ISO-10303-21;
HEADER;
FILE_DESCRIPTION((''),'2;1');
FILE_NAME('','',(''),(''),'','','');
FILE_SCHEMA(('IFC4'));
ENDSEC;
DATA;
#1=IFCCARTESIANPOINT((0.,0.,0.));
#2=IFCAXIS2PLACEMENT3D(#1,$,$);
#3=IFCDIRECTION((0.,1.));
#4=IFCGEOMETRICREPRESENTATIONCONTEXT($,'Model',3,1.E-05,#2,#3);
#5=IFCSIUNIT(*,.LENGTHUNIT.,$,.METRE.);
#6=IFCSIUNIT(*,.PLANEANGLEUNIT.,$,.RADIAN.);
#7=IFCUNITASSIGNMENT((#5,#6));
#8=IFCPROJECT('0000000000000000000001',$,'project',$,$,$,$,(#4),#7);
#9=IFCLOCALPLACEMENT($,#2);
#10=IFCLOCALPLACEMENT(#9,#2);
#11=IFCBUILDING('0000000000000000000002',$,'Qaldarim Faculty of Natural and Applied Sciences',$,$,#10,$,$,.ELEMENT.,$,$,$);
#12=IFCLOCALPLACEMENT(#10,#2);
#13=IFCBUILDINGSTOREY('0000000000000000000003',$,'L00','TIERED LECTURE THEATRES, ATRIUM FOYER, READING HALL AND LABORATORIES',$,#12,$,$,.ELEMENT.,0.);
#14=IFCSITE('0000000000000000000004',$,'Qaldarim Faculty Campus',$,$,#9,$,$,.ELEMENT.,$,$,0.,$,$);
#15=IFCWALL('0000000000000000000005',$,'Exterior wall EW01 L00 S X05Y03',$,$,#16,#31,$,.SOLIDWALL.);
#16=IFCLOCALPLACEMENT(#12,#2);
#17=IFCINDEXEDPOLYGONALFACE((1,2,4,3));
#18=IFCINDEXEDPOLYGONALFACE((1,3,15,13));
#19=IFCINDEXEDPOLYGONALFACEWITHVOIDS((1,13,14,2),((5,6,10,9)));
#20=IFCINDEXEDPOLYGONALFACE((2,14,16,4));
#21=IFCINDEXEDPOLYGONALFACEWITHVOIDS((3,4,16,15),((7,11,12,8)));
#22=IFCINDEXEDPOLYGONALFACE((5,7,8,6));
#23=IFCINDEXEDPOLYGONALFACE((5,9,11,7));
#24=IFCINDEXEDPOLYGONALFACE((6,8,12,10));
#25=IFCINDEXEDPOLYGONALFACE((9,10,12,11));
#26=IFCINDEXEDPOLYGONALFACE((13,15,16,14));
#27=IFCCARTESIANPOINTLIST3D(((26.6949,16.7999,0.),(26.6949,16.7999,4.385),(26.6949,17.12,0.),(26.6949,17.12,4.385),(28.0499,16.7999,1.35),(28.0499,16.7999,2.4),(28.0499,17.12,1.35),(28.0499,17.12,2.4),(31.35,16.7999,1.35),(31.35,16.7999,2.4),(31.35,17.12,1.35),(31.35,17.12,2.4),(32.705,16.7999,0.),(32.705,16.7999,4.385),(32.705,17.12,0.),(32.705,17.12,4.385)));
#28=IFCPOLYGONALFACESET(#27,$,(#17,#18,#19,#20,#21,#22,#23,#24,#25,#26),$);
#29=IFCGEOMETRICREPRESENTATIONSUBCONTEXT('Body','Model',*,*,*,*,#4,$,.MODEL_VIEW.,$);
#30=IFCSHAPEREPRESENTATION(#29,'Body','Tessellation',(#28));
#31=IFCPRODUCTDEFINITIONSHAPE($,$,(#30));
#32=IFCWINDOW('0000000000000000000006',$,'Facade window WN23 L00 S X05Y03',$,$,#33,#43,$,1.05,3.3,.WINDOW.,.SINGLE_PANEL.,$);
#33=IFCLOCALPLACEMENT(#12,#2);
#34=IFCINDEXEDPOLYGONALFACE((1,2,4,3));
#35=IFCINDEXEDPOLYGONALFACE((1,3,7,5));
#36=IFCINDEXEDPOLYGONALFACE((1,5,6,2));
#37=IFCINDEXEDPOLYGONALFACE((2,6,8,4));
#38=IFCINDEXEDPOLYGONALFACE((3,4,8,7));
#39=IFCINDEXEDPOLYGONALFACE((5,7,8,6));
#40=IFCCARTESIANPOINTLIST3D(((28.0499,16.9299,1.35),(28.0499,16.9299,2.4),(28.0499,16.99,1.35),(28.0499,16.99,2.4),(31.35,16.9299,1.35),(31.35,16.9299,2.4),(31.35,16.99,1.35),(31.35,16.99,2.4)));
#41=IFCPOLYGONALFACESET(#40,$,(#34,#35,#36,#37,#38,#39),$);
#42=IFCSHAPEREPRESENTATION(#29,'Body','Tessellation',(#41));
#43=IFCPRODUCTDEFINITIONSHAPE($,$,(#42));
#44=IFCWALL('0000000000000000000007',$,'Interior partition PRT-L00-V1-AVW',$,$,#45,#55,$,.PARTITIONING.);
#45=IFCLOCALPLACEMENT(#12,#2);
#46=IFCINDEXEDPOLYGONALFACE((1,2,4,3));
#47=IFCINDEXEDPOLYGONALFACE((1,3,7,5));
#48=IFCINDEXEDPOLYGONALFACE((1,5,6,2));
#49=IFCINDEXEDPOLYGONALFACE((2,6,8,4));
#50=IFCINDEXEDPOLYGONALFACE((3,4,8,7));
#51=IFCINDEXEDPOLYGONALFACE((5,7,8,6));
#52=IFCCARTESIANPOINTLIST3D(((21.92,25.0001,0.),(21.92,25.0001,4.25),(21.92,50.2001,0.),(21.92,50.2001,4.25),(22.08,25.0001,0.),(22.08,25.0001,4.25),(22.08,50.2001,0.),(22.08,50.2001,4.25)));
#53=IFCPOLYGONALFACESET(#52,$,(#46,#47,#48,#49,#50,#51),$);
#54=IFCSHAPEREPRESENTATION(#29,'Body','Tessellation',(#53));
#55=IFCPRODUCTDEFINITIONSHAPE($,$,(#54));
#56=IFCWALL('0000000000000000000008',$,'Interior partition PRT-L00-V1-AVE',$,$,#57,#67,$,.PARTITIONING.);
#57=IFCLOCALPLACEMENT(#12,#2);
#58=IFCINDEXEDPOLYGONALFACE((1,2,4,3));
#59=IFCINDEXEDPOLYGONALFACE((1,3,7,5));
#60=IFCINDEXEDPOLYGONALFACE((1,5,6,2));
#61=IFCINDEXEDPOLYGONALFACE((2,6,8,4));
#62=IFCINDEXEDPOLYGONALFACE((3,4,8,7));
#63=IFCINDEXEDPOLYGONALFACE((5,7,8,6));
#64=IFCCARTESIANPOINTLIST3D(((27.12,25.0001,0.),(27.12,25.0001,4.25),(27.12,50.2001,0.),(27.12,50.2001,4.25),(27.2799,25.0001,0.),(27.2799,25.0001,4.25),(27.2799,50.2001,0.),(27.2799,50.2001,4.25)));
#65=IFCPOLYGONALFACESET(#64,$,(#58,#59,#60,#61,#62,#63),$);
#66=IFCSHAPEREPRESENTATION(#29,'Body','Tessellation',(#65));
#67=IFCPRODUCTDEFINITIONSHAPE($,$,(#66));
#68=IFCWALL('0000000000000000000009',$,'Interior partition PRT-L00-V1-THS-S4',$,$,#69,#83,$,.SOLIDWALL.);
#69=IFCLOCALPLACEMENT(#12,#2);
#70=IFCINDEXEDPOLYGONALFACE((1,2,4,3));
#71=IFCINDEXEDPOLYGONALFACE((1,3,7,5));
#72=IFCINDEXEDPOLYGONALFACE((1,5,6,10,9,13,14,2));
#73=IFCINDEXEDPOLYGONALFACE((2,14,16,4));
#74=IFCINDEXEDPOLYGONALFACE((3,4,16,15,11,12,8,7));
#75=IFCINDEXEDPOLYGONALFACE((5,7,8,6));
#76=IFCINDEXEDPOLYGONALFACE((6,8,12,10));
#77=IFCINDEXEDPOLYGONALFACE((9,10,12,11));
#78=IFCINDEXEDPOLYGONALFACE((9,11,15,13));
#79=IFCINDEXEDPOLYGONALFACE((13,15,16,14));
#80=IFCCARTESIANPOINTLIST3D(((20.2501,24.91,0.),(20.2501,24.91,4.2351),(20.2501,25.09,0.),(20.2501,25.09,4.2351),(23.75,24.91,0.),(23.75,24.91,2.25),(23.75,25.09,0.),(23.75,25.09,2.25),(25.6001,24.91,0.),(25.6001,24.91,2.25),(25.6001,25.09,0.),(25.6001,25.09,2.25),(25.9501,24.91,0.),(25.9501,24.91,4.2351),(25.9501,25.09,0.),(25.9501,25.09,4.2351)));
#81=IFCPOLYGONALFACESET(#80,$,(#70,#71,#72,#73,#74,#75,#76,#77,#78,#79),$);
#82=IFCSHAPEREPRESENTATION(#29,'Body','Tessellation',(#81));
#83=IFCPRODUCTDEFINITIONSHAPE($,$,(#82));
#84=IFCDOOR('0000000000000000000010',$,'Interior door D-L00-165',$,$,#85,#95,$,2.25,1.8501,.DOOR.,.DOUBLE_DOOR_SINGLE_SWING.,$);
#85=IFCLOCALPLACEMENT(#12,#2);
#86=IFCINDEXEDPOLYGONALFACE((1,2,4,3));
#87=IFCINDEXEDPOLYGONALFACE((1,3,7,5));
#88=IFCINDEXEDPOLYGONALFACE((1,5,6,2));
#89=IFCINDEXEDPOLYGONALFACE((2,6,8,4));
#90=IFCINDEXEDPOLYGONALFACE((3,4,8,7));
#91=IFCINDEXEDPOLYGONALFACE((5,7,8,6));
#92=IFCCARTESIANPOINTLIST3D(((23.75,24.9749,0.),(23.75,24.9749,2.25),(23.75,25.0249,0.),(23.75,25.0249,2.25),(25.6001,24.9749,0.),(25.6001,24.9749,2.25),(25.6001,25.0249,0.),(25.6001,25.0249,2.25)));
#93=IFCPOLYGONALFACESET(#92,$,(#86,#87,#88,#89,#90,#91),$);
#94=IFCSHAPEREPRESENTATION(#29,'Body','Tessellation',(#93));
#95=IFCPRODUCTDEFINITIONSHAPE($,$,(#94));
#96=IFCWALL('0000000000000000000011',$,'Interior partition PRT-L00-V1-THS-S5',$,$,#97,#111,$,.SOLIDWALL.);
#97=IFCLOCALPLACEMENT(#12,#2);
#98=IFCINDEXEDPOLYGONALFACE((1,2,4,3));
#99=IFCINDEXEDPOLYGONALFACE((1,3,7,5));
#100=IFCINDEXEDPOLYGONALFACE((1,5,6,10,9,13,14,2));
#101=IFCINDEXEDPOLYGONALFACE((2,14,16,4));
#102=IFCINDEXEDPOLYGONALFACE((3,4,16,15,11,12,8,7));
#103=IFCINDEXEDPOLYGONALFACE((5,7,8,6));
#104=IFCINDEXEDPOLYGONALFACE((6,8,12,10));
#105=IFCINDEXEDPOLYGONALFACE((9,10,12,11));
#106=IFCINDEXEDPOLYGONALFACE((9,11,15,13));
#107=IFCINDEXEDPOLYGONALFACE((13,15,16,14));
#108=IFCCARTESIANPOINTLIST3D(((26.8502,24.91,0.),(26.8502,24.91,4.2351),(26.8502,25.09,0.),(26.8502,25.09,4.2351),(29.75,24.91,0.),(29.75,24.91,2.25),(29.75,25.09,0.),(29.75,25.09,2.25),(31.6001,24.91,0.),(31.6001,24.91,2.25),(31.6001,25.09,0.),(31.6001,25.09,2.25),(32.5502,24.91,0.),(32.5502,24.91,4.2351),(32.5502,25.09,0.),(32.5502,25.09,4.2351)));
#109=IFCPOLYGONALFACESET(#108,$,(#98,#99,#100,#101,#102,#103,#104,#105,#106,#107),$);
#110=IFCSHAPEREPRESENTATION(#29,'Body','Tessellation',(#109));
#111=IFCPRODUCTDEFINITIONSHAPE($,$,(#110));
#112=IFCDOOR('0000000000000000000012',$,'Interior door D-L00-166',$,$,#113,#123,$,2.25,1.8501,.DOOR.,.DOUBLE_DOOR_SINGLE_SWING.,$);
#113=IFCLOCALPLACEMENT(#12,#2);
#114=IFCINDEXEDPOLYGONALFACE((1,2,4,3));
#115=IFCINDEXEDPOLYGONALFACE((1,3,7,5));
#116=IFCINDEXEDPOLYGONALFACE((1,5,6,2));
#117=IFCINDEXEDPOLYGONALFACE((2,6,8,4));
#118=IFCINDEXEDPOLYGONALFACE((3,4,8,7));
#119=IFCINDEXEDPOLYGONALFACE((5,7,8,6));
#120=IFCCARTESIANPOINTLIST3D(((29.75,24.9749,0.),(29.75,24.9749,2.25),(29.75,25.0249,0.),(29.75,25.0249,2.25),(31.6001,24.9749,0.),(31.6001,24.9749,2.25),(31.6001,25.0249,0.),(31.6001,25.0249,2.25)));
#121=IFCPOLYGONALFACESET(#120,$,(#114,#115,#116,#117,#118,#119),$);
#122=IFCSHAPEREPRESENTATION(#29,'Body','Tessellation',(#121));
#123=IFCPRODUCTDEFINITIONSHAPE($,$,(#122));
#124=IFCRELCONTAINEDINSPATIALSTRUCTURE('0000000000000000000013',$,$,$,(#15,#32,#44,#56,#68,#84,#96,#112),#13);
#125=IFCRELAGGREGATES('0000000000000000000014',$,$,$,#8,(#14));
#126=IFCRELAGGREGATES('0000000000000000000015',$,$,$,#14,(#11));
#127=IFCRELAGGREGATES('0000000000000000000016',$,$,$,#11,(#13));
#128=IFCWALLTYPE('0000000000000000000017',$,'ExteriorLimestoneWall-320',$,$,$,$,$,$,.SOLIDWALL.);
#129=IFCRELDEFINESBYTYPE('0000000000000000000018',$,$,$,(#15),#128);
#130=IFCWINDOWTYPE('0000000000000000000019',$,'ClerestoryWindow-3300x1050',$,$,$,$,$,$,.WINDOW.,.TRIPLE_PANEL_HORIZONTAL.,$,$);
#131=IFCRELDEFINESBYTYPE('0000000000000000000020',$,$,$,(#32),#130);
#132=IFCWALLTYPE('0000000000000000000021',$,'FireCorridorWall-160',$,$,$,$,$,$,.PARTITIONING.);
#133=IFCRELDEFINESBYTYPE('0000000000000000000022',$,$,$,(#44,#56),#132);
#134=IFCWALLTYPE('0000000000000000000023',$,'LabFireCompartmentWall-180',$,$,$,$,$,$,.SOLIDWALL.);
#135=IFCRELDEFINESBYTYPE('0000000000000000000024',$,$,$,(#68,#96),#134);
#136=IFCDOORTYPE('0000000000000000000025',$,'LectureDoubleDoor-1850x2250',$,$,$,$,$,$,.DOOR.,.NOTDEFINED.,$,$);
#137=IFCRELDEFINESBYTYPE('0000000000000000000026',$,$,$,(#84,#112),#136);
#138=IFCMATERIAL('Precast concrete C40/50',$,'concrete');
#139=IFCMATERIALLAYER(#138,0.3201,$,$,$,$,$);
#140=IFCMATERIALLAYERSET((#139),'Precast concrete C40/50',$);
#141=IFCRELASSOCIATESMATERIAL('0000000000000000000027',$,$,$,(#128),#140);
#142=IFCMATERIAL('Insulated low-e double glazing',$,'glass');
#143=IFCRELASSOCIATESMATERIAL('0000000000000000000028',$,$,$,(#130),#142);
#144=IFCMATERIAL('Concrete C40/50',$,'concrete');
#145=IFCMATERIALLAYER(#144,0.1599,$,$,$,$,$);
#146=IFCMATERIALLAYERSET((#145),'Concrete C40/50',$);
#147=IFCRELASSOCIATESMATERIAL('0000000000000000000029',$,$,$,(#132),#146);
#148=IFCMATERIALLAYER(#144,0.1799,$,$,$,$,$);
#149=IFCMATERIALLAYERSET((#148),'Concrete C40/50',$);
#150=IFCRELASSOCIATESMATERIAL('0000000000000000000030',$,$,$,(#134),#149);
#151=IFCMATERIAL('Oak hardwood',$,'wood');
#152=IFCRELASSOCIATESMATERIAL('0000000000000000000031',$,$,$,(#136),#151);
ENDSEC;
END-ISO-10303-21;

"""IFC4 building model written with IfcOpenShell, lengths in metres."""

from ifc_helpers import new_model, si_unit, direction, frame, frame_2d, origin, place, context, subcontext, project, spatial, rectangle, extrude, material, layer, layer_set, type_object, element, fill, save


model = new_model("IFC4")

# Units and contexts
model_context = context("Model", 3, precision=1e-05, world=origin(), true_north=direction((0.0, 1.0)))
body_context = subcontext(model_context, "Body", "Model", "MODEL_VIEW")
ifc_project = project(units=[si_unit("LENGTHUNIT", "METRE"), si_unit("PLANEANGLEUNIT", "RADIAN")], contexts=[model_context])

# Site, building, storey
site_placement = place(None, origin())
site = spatial("IfcSite", under=ifc_project, at=site_placement, Name="Qaldarim Faculty Campus", CompositionType="ELEMENT", RefElevation=0.0)
building_placement = place(site_placement, origin())
building = spatial("IfcBuilding", under=site, at=building_placement, Name="Qaldarim Faculty of Natural and Applied Sciences", CompositionType="ELEMENT")
storey_placement = place(building_placement, origin())
storey = spatial("IfcBuildingStorey", under=building, at=storey_placement, Name="L00", Description="TIERED LECTURE THEATRES, ATRIUM FOYER, READING HALL AND LABORATORIES", CompositionType="ELEMENT", Elevation=0.0)

# Shared definitions
ifc_material_1 = material(Name="Concrete C40/50", Category="concrete")

# Wall, opening, window
ifc_material_2 = material(Name="Precast concrete C40/50", Category="concrete")
ifc_layer_1 = layer(ifc_material_2, 0.3201)
ifc_layer_set_1 = layer_set([ifc_layer_1], Name="Precast concrete C40/50")
wall_type_1 = type_object("IfcWallType", Name="ExteriorLimestoneWall-320", PredefinedType="SOLIDWALL", material=ifc_layer_set_1)
ifc_material_3 = material(Name="Insulated low-e double glazing", Category="glass")
wall_1_placement = place(storey_placement, frame((26.6951, 16.96, 0.0), z_axis=(0.0, 0.0, 1.0), x_axis=(1.0, 0.0, 0.0)))
wall_1 = element("IfcWall", 1, at=wall_1_placement, inside=storey, type_object=wall_type_1, Name="Exterior wall EW01 L00 S X05Y03", PredefinedType="SOLIDWALL", context=body_context, shape_type="SweptSolid", body=[
    extrude(rectangle(XDim=6.01, YDim=0.3201, at=frame_2d((3.0049, 0.0))), origin(), (0.0, 0.0, 1.0), 4.385),
])
opening_1_placement = place(wall_1_placement, frame((1.355, 0.0, 1.3501)))
opening_1 = element("IfcOpeningElement", 2, at=opening_1_placement, cuts=wall_1, PredefinedType="OPENING", context=body_context, shape_type="SweptSolid", body=[
    extrude(rectangle(XDim=3.3, YDim=1.05, at=frame_2d((1.6499, 0.5249))), frame((0.0, 0.1699, 0.0), z_axis=(0.0, -1.0, 0.0), x_axis=(1.0, 0.0, 0.0)), (0.0, 0.0, 1.0), 0.3401),
])
window_type_1 = type_object("IfcWindowType", Name="ClerestoryWindow-3300x1050", PartitioningType="TRIPLE_PANEL_HORIZONTAL", PredefinedType="WINDOW", material=ifc_material_3)
window_1_placement = place(opening_1_placement, origin())
window_1 = element("IfcWindow", 3, at=window_1_placement, inside=storey, type_object=window_type_1, Name="Facade window WN23 L00 S X05Y03", OverallHeight=1.05, OverallWidth=3.3, PartitioningType="SINGLE_PANEL", PredefinedType="WINDOW", context=body_context, shape_type="SweptSolid", body=[
    extrude(rectangle(XDim=3.3, YDim=1.05, at=frame_2d((1.6499, 0.5249))), frame((0.0, 0.03, 0.0), z_axis=(0.0, -1.0, 0.0), x_axis=(1.0, 0.0, 0.0)), (0.0, 0.0, 1.0), 0.0601),
])
fill(opening_1, window_1)

# Walls
ifc_layer_2 = layer(ifc_material_1, 0.1599)
ifc_layer_set_2 = layer_set([ifc_layer_2], Name="Concrete C40/50")
wall_type_2 = type_object("IfcWallType", Name="FireCorridorWall-160", PredefinedType="PARTITIONING", material=ifc_layer_set_2)
for number, where, z_axis, x_axis, name in (
    (4, (22.0, 25.0, 0.0), (0.0, 0.0, 1.0), (0.0, 1.0, 0.0), "Interior partition PRT-L00-V1-AVW"),
    (5, (27.2, 25.0, 0.0), (0.0, 0.0, 1.0), (0.0, 1.0, 0.0), "Interior partition PRT-L00-V1-AVE"),
):
    element("IfcWall", number, at=place(storey_placement, frame(where, z_axis=z_axis, x_axis=x_axis)), inside=storey, type_object=wall_type_2, Name=name, PredefinedType="PARTITIONING", context=body_context, shape_type="SweptSolid", body=[
        extrude(rectangle(XDim=25.2, YDim=0.1599, at=frame_2d((12.6001, 0.0))), origin(), (0.0, 0.0, 1.0), 4.25),
    ])

# Walls, openings, doors
ifc_layer_3 = layer(ifc_material_1, 0.1799)
ifc_layer_set_3 = layer_set([ifc_layer_3], Name="Concrete C40/50")
wall_type_3 = type_object("IfcWallType", Name="LabFireCompartmentWall-180", PredefinedType="SOLIDWALL", material=ifc_layer_set_3)
wall_2_placement = place(storey_placement, frame((20.25, 25.0, 0.0), z_axis=(0.0, 0.0, 1.0), x_axis=(1.0, 0.0, 0.0)))
wall_2 = element("IfcWall", 6, at=wall_2_placement, inside=storey, type_object=wall_type_3, Name="Interior partition PRT-L00-V1-THS-S4", PredefinedType="SOLIDWALL", context=body_context, shape_type="SweptSolid", body=[
    extrude(rectangle(XDim=5.7, YDim=0.1799, at=frame_2d((2.8501, 0.0))), origin(), (0.0, 0.0, 1.0), 4.2351),
])
opening_2_placement = place(wall_2_placement, frame((3.5, 0.0, 0.0)))
opening_2 = element("IfcOpeningElement", 7, at=opening_2_placement, cuts=wall_2, PredefinedType="OPENING", context=body_context, shape_type="SweptSolid", body=[
    extrude(rectangle(XDim=1.8501, YDim=2.25, at=frame_2d((0.925, 1.125))), frame((0.0, 0.0999, 0.0), z_axis=(0.0, -1.0, 0.0), x_axis=(1.0, 0.0, 0.0)), (0.0, 0.0, 1.0), 0.2),
])
ifc_material_4 = material(Name="Oak hardwood", Category="wood")
door_type = type_object("IfcDoorType", Name="LectureDoubleDoor-1850x2250", OperationType="NOTDEFINED", PredefinedType="DOOR", material=ifc_material_4)
door_1_placement = place(opening_2_placement, origin())
door_1 = element("IfcDoor", 8, at=door_1_placement, inside=storey, type_object=door_type, Name="Interior door D-L00-165", OperationType="DOUBLE_DOOR_SINGLE_SWING", OverallHeight=2.25, OverallWidth=1.8501, PredefinedType="DOOR", context=body_context, shape_type="SweptSolid", body=[
    extrude(rectangle(XDim=1.8501, YDim=2.25, at=frame_2d((0.925, 1.125))), frame((0.0, 0.0249, 0.0), z_axis=(0.0, -1.0, 0.0), x_axis=(1.0, 0.0, 0.0)), (0.0, 0.0, 1.0), 0.05),
])
fill(opening_2, door_1)
wall_3_placement = place(storey_placement, frame((26.8501, 25.0, 0.0), z_axis=(0.0, 0.0, 1.0), x_axis=(1.0, 0.0, 0.0)))
wall_3 = element("IfcWall", 9, at=wall_3_placement, inside=storey, type_object=wall_type_3, Name="Interior partition PRT-L00-V1-THS-S5", PredefinedType="SOLIDWALL", context=body_context, shape_type="SweptSolid", body=[
    extrude(rectangle(XDim=5.7, YDim=0.1799, at=frame_2d((2.8501, 0.0))), origin(), (0.0, 0.0, 1.0), 4.2351),
])
opening_3_placement = place(wall_3_placement, frame((2.8999, 0.0, 0.0)))
opening_3 = element("IfcOpeningElement", 10, at=opening_3_placement, cuts=wall_3, PredefinedType="OPENING", context=body_context, shape_type="SweptSolid", body=[
    extrude(rectangle(XDim=1.8501, YDim=2.25, at=frame_2d((0.925, 1.125))), frame((0.0, 0.0999, 0.0), z_axis=(0.0, -1.0, 0.0), x_axis=(1.0, 0.0, 0.0)), (0.0, 0.0, 1.0), 0.2),
])
door_2_placement = place(opening_3_placement, origin())
door_2 = element("IfcDoor", 11, at=door_2_placement, inside=storey, type_object=door_type, Name="Interior door D-L00-166", OperationType="DOUBLE_DOOR_SINGLE_SWING", OverallHeight=2.25, OverallWidth=1.8501, PredefinedType="DOOR", context=body_context, shape_type="SweptSolid", body=[
    extrude(rectangle(XDim=1.8501, YDim=2.25, at=frame_2d((0.925, 1.125))), frame((0.0, 0.0249, 0.0), z_axis=(0.0, -1.0, 0.0), x_axis=(1.0, 0.0, 0.0)), (0.0, 0.0, 1.0), 0.05),
])
fill(opening_3, door_2)

save(model, "model.ifc")
